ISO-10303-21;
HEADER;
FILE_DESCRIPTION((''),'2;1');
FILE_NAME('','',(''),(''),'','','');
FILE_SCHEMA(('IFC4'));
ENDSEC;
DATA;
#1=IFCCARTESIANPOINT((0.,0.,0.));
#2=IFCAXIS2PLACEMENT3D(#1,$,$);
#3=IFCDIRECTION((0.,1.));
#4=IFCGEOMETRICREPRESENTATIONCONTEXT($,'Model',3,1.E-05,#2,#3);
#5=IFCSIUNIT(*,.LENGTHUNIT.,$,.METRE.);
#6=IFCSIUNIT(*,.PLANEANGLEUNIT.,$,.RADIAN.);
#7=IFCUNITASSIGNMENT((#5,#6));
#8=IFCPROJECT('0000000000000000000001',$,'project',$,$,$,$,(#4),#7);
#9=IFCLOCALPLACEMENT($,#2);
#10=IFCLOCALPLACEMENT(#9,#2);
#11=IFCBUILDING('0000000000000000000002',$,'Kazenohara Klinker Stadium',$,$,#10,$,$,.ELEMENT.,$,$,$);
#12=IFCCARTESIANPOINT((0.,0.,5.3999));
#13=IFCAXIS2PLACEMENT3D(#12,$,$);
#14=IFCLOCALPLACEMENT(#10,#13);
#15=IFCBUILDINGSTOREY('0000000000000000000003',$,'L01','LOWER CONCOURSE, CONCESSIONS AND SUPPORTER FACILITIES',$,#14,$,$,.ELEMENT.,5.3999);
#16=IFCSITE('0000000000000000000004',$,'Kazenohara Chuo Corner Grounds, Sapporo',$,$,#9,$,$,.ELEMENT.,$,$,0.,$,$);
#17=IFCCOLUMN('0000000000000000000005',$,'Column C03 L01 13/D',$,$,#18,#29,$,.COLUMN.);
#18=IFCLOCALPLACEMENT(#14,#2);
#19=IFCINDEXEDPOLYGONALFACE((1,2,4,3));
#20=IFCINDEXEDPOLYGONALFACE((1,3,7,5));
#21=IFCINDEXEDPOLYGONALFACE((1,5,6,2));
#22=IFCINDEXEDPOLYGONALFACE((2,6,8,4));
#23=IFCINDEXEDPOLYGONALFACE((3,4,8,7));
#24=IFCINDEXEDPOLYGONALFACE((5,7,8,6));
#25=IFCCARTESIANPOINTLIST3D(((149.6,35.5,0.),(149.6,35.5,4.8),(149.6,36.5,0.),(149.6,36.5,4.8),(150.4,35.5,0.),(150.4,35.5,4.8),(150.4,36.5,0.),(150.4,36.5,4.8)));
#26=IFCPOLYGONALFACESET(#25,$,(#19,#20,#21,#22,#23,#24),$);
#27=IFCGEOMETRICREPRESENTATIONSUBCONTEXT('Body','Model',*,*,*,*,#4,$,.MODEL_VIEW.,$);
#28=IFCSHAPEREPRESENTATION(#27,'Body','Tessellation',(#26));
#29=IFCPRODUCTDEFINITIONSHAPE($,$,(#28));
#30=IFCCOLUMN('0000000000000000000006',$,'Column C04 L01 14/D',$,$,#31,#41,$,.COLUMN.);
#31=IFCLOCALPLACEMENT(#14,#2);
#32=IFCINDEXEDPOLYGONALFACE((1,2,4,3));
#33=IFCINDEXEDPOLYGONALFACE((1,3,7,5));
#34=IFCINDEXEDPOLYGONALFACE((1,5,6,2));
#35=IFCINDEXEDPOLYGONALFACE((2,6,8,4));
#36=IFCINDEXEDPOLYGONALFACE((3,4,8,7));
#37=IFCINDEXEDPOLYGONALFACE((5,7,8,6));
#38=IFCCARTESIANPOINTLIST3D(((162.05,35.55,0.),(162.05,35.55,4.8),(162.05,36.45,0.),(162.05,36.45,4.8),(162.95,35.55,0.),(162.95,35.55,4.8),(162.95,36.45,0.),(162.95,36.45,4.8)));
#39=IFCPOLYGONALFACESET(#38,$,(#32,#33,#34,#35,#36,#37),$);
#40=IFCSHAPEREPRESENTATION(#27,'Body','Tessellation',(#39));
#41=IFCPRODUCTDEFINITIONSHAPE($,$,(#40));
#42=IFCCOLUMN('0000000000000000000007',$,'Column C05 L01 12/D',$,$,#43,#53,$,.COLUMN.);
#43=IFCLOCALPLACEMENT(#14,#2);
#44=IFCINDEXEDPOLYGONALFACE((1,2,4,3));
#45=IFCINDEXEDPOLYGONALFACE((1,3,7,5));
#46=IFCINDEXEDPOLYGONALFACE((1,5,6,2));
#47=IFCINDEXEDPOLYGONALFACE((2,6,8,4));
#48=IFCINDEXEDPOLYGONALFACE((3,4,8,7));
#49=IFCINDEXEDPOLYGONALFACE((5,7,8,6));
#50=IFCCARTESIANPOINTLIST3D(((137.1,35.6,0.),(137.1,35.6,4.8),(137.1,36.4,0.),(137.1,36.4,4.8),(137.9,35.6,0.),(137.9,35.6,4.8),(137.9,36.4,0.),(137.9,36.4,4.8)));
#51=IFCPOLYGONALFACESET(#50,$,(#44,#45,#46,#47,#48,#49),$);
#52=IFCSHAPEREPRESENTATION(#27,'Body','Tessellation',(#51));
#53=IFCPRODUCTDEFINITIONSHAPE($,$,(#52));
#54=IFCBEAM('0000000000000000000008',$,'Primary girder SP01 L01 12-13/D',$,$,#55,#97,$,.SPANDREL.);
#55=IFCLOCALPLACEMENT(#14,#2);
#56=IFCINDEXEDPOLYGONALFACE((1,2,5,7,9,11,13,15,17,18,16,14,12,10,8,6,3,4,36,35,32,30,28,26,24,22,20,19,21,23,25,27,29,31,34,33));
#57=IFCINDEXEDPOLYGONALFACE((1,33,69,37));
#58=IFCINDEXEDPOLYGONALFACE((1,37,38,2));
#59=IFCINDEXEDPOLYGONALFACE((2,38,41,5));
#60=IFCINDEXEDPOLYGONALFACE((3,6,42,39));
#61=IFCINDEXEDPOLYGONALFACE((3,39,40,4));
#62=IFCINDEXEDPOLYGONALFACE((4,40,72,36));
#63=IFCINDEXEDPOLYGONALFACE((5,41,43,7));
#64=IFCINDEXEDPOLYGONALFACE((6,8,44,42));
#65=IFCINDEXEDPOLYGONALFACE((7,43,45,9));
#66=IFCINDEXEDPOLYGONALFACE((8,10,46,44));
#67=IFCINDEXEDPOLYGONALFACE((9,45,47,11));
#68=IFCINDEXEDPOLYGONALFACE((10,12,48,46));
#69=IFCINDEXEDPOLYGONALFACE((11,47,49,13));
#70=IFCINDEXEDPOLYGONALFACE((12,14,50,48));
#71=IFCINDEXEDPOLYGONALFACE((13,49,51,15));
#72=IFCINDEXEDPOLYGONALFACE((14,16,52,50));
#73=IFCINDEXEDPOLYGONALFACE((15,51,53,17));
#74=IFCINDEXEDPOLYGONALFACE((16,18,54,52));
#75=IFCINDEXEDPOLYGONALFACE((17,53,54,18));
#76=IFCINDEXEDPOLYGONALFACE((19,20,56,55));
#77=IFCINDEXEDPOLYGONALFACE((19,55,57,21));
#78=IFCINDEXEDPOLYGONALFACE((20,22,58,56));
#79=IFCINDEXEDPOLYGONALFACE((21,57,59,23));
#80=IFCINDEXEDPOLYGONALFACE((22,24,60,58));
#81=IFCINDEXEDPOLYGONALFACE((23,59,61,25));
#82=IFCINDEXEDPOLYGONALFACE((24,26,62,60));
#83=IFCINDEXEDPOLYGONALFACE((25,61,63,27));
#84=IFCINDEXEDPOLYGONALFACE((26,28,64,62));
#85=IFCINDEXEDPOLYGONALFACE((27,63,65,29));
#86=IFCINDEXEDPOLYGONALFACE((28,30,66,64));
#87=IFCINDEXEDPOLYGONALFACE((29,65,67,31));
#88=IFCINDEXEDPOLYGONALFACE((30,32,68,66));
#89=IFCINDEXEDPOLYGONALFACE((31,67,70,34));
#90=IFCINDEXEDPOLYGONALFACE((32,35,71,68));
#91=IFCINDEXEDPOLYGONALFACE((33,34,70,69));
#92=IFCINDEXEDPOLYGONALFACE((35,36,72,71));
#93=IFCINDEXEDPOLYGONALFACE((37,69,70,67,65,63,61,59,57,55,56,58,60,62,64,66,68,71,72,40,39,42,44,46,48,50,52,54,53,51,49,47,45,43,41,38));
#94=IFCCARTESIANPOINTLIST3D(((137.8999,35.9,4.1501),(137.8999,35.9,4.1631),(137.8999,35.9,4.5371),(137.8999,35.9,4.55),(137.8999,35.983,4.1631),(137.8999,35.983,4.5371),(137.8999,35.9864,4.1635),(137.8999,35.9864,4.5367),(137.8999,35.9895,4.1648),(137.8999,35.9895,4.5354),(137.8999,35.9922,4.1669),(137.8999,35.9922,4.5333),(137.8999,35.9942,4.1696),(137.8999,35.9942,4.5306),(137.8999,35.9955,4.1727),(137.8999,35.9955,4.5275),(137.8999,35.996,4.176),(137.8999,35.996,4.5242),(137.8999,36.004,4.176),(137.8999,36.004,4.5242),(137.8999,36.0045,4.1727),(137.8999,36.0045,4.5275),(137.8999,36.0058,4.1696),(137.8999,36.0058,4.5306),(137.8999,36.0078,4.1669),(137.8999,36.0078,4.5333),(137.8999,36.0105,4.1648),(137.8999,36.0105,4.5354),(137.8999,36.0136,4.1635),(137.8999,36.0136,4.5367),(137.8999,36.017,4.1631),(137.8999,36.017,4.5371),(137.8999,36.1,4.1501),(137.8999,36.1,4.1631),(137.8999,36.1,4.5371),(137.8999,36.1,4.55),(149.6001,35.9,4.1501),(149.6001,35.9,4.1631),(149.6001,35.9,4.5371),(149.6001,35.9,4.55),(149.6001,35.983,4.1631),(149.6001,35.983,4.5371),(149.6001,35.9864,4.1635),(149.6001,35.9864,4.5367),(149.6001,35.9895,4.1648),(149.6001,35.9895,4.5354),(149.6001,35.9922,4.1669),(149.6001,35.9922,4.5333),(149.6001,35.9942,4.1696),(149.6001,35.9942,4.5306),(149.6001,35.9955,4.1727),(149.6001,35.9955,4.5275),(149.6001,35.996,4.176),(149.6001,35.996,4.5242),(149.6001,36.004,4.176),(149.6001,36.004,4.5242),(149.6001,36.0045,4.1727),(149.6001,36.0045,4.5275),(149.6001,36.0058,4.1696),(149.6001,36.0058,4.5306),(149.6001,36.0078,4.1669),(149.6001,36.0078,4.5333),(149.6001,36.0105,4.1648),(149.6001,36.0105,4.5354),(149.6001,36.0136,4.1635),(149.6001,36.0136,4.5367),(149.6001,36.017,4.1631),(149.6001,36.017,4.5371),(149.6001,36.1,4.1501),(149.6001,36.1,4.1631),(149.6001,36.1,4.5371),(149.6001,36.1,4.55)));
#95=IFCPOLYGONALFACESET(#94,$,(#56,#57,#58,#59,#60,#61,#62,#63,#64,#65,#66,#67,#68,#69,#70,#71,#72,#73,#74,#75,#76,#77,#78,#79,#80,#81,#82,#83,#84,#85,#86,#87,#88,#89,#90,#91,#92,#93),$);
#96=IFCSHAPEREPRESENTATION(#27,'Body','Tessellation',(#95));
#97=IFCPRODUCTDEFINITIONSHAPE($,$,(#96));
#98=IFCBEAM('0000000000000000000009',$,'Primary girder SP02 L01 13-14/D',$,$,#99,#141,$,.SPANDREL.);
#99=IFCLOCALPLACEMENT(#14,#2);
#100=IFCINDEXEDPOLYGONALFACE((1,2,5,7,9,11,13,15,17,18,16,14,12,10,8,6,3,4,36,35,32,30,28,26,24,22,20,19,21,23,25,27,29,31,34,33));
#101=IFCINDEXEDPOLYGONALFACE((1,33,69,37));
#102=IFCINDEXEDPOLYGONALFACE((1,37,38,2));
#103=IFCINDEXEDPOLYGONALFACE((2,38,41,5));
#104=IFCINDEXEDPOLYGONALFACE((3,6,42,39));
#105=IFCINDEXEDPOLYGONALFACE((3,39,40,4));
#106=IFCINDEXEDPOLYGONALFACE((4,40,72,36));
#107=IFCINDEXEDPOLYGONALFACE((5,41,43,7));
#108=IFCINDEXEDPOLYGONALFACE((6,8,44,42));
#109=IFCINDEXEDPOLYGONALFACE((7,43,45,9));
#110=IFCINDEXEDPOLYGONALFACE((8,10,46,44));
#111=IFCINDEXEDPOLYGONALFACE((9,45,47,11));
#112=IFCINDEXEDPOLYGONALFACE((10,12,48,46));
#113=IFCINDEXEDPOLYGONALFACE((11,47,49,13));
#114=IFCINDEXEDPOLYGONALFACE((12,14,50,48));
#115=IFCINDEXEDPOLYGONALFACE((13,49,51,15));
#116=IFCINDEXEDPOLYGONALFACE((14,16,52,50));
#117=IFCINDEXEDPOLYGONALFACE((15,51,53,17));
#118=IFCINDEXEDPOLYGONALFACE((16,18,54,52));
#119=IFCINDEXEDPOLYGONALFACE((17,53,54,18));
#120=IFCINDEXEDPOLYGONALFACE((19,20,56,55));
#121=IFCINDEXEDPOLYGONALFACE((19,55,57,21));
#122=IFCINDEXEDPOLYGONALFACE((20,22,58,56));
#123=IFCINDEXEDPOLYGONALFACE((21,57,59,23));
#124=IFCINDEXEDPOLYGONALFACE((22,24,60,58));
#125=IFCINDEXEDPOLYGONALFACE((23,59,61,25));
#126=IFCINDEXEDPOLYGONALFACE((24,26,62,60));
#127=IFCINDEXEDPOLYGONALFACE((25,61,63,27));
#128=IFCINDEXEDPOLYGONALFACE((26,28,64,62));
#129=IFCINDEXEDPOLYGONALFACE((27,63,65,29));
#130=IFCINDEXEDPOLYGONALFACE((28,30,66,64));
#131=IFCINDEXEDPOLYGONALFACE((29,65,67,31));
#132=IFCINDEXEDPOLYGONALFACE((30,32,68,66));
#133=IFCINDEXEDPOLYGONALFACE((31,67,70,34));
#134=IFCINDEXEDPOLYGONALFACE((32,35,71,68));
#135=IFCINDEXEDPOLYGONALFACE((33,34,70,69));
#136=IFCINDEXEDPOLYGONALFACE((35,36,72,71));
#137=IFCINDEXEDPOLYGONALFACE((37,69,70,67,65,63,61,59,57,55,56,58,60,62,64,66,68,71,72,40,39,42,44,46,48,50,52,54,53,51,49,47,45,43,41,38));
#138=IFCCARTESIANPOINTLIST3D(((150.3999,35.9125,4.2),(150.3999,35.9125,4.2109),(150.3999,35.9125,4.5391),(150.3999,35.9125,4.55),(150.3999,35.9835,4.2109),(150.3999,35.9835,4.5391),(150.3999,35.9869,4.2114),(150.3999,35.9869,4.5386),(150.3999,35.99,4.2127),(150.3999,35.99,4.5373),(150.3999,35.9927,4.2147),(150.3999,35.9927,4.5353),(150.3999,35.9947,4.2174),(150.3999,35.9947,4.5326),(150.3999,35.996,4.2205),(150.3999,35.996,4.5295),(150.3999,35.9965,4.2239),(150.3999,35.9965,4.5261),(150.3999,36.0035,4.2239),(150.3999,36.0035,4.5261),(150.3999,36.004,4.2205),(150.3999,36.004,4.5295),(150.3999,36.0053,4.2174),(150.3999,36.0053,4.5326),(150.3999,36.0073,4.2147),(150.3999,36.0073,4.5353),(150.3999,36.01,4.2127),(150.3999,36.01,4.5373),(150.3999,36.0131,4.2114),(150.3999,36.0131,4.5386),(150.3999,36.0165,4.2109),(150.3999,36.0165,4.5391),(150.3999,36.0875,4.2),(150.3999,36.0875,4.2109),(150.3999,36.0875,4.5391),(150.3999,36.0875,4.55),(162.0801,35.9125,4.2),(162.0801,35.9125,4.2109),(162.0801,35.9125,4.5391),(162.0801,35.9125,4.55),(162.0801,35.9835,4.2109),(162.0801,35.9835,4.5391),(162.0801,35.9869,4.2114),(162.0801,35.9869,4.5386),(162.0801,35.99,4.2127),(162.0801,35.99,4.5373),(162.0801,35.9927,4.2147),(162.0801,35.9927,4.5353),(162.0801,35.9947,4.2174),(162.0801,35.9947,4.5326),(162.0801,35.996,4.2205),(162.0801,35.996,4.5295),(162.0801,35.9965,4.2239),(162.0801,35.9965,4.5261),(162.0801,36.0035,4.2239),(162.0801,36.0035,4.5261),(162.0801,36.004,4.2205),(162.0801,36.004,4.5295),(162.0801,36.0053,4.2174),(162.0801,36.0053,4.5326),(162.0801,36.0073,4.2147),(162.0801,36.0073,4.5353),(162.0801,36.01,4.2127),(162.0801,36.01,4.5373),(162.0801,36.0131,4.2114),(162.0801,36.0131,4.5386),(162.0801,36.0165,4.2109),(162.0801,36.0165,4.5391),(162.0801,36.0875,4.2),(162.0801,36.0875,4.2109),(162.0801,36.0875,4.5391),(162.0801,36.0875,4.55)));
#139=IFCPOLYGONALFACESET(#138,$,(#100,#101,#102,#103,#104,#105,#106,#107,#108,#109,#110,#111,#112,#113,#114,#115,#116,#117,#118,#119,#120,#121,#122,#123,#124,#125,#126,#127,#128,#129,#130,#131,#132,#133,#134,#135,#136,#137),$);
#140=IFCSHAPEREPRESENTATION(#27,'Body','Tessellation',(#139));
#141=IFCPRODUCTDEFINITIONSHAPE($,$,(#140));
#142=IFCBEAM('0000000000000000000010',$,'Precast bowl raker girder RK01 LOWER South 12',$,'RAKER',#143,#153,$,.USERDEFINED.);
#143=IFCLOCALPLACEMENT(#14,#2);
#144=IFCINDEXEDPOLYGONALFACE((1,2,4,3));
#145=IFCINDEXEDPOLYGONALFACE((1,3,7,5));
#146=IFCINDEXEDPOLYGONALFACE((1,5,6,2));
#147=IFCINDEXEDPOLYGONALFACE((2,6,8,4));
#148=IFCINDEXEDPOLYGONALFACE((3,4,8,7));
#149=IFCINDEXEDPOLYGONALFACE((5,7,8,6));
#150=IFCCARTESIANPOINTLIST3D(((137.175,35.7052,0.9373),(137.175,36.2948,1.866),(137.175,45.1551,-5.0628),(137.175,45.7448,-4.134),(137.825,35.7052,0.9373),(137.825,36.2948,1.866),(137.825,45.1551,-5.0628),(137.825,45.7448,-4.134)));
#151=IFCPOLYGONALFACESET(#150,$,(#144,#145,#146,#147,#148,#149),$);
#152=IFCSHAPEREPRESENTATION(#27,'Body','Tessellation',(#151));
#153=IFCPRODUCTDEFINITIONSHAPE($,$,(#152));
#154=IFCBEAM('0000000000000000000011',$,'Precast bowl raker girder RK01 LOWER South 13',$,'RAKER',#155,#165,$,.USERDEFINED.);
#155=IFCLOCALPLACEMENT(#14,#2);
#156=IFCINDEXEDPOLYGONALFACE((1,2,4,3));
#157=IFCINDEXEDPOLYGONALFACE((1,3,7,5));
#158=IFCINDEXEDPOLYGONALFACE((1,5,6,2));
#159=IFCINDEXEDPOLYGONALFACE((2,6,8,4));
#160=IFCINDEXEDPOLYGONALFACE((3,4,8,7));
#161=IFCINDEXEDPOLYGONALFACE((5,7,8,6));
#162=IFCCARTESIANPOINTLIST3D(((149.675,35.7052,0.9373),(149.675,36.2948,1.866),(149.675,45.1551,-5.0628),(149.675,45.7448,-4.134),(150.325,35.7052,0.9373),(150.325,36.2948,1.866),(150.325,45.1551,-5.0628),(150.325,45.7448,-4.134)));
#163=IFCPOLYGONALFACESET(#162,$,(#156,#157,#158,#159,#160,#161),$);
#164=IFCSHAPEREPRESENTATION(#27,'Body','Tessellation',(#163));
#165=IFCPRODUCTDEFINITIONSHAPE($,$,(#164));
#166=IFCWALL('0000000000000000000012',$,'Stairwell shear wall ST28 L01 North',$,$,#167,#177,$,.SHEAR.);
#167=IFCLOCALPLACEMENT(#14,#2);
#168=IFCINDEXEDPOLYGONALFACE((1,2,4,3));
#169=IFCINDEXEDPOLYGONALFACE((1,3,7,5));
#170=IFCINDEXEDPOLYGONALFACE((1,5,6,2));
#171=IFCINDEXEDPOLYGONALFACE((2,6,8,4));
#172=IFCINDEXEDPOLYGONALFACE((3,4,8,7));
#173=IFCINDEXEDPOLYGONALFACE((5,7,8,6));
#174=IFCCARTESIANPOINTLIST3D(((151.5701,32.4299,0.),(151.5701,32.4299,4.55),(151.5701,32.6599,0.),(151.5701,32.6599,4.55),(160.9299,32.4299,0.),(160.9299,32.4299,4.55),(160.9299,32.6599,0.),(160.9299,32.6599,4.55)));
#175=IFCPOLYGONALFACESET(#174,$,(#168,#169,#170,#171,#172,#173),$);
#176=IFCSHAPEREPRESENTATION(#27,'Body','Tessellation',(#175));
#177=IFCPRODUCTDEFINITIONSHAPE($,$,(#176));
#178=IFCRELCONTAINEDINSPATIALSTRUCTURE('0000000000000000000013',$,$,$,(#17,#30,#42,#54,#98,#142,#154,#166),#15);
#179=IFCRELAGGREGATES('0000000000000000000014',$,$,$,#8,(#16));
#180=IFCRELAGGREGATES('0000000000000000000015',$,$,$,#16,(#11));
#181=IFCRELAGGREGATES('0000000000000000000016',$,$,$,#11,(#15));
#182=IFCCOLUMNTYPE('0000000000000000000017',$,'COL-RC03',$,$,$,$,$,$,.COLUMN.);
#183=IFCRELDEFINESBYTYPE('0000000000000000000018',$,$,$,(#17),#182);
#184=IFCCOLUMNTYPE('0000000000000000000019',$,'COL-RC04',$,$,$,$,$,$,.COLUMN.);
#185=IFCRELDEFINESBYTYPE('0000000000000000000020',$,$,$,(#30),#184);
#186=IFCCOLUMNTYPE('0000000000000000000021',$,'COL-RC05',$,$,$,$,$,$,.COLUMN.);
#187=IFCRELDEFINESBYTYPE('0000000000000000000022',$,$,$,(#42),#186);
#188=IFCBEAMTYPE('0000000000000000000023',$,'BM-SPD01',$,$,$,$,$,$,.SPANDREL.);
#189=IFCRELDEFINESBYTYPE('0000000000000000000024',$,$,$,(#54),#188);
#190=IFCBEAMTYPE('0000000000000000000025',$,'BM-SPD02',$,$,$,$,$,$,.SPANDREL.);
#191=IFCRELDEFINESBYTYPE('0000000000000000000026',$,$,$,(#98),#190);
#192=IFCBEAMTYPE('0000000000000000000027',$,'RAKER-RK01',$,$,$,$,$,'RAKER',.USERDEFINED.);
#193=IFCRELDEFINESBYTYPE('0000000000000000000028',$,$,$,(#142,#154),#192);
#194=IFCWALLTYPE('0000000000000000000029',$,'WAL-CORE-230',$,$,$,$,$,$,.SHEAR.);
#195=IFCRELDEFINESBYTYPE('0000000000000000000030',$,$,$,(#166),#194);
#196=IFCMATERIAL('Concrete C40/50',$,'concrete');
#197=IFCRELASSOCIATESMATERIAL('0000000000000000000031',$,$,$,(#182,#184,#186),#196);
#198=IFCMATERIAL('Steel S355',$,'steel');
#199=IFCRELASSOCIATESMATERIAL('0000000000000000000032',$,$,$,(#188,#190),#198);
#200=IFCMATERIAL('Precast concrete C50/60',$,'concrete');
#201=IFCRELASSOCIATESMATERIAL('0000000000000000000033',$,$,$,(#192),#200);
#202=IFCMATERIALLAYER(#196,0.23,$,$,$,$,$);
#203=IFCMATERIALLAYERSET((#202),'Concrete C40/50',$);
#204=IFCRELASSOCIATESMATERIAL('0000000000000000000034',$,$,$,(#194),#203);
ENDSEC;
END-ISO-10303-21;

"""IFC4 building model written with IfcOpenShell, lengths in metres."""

from ifc_helpers import new_model, si_unit, direction, frame, frame_2d, origin, origin_2d, place, context, subcontext, project, spatial, rectangle, i_section, extrude, material, layer, layer_set, material_profile, profile_set, type_object, element, save


model = new_model("IFC4")

# Units and contexts
model_context = context("Model", 3, precision=1e-05, world=origin(), true_north=direction((0.0, 1.0)))
body_context = subcontext(model_context, "Body", "Model", "MODEL_VIEW")
ifc_project = project(units=[si_unit("LENGTHUNIT", "METRE"), si_unit("PLANEANGLEUNIT", "RADIAN")], contexts=[model_context])

# Site, building, storey
site_placement = place(None, origin())
site = spatial("IfcSite", under=ifc_project, at=site_placement, Name="Kazenohara Chuo Corner Grounds, Sapporo", CompositionType="ELEMENT", RefElevation=0.0)
building_placement = place(site_placement, origin())
building = spatial("IfcBuilding", under=site, at=building_placement, Name="Kazenohara Klinker Stadium", CompositionType="ELEMENT")
storey_placement = place(building_placement, frame((0.0, 0.0, 5.3999)))
storey = spatial("IfcBuildingStorey", under=building, at=storey_placement, Name="L01", Description="LOWER CONCOURSE, CONCESSIONS AND SUPPORTER FACILITIES", CompositionType="ELEMENT", Elevation=5.3999)

# Columns
ifc_material_1 = material(Name="Concrete C40/50", Category="concrete")
ifc_material_profile_1 = material_profile(ifc_material_1, rectangle(XDim=0.8, YDim=1.0, at=origin_2d()), Name="RC-COL-1000x800")
ifc_profile_set_1 = profile_set([ifc_material_profile_1], Name="Concrete C40/50")
column_type_1 = type_object("IfcColumnType", Name="COL-RC03", PredefinedType="COLUMN", material=ifc_profile_set_1)
column_1_placement = place(storey_placement, frame((150.0, 36.0, 0.0), z_axis=(0.0, 0.0, 1.0), x_axis=(1.0, 0.0, 0.0)))
element("IfcColumn", 1, at=column_1_placement, inside=storey, type_object=column_type_1, Name="Column C03 L01 13/D", PredefinedType="COLUMN", context=body_context, shape_type="SweptSolid", body=[
    extrude(rectangle(XDim=0.8, YDim=1.0, at=origin_2d()), origin(), (0.0, 0.0, 1.0), 4.8),
])
ifc_material_profile_2 = material_profile(ifc_material_1, rectangle(XDim=0.8999, YDim=0.8999, at=origin_2d()), Name="RC-COL-900x900")
ifc_profile_set_2 = profile_set([ifc_material_profile_2], Name="Concrete C40/50")
column_type_2 = type_object("IfcColumnType", Name="COL-RC04", PredefinedType="COLUMN", material=ifc_profile_set_2)
column_2_placement = place(storey_placement, frame((162.5, 36.0, 0.0), z_axis=(0.0, 0.0, 1.0), x_axis=(1.0, 0.0, 0.0)))
element("IfcColumn", 2, at=column_2_placement, inside=storey, type_object=column_type_2, Name="Column C04 L01 14/D", PredefinedType="COLUMN", context=body_context, shape_type="SweptSolid", body=[
    extrude(rectangle(XDim=0.8999, YDim=0.8999, at=origin_2d()), origin(), (0.0, 0.0, 1.0), 4.8),
])
ifc_material_profile_3 = material_profile(ifc_material_1, rectangle(XDim=0.8, YDim=0.8, at=origin_2d()), Name="RC-COL-800x800")
ifc_profile_set_3 = profile_set([ifc_material_profile_3], Name="Concrete C40/50")
column_type_3 = type_object("IfcColumnType", Name="COL-RC05", PredefinedType="COLUMN", material=ifc_profile_set_3)
column_3_placement = place(storey_placement, frame((137.5, 36.0, 0.0), z_axis=(0.0, 0.0, 1.0), x_axis=(1.0, 0.0, 0.0)))
element("IfcColumn", 3, at=column_3_placement, inside=storey, type_object=column_type_3, Name="Column C05 L01 12/D", PredefinedType="COLUMN", context=body_context, shape_type="SweptSolid", body=[
    extrude(rectangle(XDim=0.8, YDim=0.8, at=origin_2d()), origin(), (0.0, 0.0, 1.0), 4.8),
])

# Beams
ifc_material_2 = material(Name="Steel S355", Category="steel")
ifc_material_profile_4 = material_profile(ifc_material_2, i_section(OverallWidth=0.2, OverallDepth=0.3999, WebThickness=0.0081, FlangeThickness=0.0129, FilletRadius=0.0129, at=origin_2d()), Name="H-400x200x8x13")
ifc_profile_set_4 = profile_set([ifc_material_profile_4], Name="Steel S355")
beam_type_1 = type_object("IfcBeamType", Name="BM-SPD01", PredefinedType="SPANDREL", material=ifc_profile_set_4)
beam_1_placement = place(storey_placement, frame((137.8999, 36.0, 4.3501), z_axis=(1.0, 0.0, 0.0), x_axis=(0.0, 1.0, 0.0)))
element("IfcBeam", 4, at=beam_1_placement, inside=storey, type_object=beam_type_1, Name="Primary girder SP01 L01 12-13/D", PredefinedType="SPANDREL", context=body_context, shape_type="SweptSolid", body=[
    extrude(i_section(OverallWidth=0.2, OverallDepth=0.3999, WebThickness=0.0081, FlangeThickness=0.0129, FilletRadius=0.0129, at=origin_2d()), origin(), (0.0, 0.0, 1.0), 11.7002),
])
ifc_material_profile_5 = material_profile(ifc_material_2, i_section(OverallWidth=0.175, OverallDepth=0.3501, WebThickness=0.0071, FlangeThickness=0.011, FilletRadius=0.0129, at=origin_2d()), Name="H-350x175x7x11")
ifc_profile_set_5 = profile_set([ifc_material_profile_5], Name="Steel S355")
beam_type_2 = type_object("IfcBeamType", Name="BM-SPD02", PredefinedType="SPANDREL", material=ifc_profile_set_5)
beam_2_placement = place(storey_placement, frame((150.3999, 36.0, 4.375), z_axis=(1.0, 0.0, 0.0), x_axis=(0.0, 1.0, 0.0)))
element("IfcBeam", 5, at=beam_2_placement, inside=storey, type_object=beam_type_2, Name="Primary girder SP02 L01 13-14/D", PredefinedType="SPANDREL", context=body_context, shape_type="SweptSolid", body=[
    extrude(i_section(OverallWidth=0.175, OverallDepth=0.3501, WebThickness=0.0071, FlangeThickness=0.011, FilletRadius=0.0129, at=origin_2d()), origin(), (0.0, 0.0, 1.0), 11.6802),
])
ifc_material_3 = material(Name="Precast concrete C50/60", Category="concrete")
ifc_material_profile_6 = material_profile(ifc_material_3, rectangle(XDim=0.6499, YDim=1.1001, at=origin_2d()), Name="PC-RAKER-650x1100")
ifc_profile_set_6 = profile_set([ifc_material_profile_6], Name="Precast concrete C50/60")
beam_type_3 = type_object("IfcBeamType", Name="RAKER-RK01", ElementType="RAKER", PredefinedType="USERDEFINED", material=ifc_profile_set_6)
for number, where, z_axis, x_axis, name in (
    (6, (137.5, 36.0, 1.4016), (0.0, 0.844212, -0.53601), (-1.0, 0.0, 0.0), "Precast bowl raker girder RK01 LOWER South 12"),
    (7, (150.0, 36.0, 1.4016), (0.0, 0.844212, -0.53601), (-1.0, 0.0, 0.0), "Precast bowl raker girder RK01 LOWER South 13"),
):
    element("IfcBeam", number, at=place(storey_placement, frame(where, z_axis=z_axis, x_axis=x_axis)), inside=storey, type_object=beam_type_3, Name=name, ObjectType="RAKER", PredefinedType="USERDEFINED", context=body_context, shape_type="SweptSolid", body=[
        extrude(rectangle(XDim=0.6499, YDim=1.1001, at=origin_2d()), origin(), (0.0, 0.0, 1.0), 11.1938),
    ])

# Wall
ifc_layer_1 = layer(ifc_material_1, 0.23)
ifc_layer_set_1 = layer_set([ifc_layer_1], Name="Concrete C40/50")
wall_type_1 = type_object("IfcWallType", Name="WAL-CORE-230", PredefinedType="SHEAR", material=ifc_layer_set_1)
wall_1_placement = place(storey_placement, frame((151.5701, 32.5449, 0.0), z_axis=(0.0, 0.0, 1.0), x_axis=(1.0, 0.0, 0.0)))
element("IfcWall", 8, at=wall_1_placement, inside=storey, type_object=wall_type_1, Name="Stairwell shear wall ST28 L01 North", PredefinedType="SHEAR", context=body_context, shape_type="SweptSolid", body=[
    extrude(rectangle(XDim=9.3599, YDim=0.23, at=frame_2d((4.6799, 0.0))), origin(), (0.0, 0.0, 1.0), 4.55),
])

save(model, "model.ifc")
